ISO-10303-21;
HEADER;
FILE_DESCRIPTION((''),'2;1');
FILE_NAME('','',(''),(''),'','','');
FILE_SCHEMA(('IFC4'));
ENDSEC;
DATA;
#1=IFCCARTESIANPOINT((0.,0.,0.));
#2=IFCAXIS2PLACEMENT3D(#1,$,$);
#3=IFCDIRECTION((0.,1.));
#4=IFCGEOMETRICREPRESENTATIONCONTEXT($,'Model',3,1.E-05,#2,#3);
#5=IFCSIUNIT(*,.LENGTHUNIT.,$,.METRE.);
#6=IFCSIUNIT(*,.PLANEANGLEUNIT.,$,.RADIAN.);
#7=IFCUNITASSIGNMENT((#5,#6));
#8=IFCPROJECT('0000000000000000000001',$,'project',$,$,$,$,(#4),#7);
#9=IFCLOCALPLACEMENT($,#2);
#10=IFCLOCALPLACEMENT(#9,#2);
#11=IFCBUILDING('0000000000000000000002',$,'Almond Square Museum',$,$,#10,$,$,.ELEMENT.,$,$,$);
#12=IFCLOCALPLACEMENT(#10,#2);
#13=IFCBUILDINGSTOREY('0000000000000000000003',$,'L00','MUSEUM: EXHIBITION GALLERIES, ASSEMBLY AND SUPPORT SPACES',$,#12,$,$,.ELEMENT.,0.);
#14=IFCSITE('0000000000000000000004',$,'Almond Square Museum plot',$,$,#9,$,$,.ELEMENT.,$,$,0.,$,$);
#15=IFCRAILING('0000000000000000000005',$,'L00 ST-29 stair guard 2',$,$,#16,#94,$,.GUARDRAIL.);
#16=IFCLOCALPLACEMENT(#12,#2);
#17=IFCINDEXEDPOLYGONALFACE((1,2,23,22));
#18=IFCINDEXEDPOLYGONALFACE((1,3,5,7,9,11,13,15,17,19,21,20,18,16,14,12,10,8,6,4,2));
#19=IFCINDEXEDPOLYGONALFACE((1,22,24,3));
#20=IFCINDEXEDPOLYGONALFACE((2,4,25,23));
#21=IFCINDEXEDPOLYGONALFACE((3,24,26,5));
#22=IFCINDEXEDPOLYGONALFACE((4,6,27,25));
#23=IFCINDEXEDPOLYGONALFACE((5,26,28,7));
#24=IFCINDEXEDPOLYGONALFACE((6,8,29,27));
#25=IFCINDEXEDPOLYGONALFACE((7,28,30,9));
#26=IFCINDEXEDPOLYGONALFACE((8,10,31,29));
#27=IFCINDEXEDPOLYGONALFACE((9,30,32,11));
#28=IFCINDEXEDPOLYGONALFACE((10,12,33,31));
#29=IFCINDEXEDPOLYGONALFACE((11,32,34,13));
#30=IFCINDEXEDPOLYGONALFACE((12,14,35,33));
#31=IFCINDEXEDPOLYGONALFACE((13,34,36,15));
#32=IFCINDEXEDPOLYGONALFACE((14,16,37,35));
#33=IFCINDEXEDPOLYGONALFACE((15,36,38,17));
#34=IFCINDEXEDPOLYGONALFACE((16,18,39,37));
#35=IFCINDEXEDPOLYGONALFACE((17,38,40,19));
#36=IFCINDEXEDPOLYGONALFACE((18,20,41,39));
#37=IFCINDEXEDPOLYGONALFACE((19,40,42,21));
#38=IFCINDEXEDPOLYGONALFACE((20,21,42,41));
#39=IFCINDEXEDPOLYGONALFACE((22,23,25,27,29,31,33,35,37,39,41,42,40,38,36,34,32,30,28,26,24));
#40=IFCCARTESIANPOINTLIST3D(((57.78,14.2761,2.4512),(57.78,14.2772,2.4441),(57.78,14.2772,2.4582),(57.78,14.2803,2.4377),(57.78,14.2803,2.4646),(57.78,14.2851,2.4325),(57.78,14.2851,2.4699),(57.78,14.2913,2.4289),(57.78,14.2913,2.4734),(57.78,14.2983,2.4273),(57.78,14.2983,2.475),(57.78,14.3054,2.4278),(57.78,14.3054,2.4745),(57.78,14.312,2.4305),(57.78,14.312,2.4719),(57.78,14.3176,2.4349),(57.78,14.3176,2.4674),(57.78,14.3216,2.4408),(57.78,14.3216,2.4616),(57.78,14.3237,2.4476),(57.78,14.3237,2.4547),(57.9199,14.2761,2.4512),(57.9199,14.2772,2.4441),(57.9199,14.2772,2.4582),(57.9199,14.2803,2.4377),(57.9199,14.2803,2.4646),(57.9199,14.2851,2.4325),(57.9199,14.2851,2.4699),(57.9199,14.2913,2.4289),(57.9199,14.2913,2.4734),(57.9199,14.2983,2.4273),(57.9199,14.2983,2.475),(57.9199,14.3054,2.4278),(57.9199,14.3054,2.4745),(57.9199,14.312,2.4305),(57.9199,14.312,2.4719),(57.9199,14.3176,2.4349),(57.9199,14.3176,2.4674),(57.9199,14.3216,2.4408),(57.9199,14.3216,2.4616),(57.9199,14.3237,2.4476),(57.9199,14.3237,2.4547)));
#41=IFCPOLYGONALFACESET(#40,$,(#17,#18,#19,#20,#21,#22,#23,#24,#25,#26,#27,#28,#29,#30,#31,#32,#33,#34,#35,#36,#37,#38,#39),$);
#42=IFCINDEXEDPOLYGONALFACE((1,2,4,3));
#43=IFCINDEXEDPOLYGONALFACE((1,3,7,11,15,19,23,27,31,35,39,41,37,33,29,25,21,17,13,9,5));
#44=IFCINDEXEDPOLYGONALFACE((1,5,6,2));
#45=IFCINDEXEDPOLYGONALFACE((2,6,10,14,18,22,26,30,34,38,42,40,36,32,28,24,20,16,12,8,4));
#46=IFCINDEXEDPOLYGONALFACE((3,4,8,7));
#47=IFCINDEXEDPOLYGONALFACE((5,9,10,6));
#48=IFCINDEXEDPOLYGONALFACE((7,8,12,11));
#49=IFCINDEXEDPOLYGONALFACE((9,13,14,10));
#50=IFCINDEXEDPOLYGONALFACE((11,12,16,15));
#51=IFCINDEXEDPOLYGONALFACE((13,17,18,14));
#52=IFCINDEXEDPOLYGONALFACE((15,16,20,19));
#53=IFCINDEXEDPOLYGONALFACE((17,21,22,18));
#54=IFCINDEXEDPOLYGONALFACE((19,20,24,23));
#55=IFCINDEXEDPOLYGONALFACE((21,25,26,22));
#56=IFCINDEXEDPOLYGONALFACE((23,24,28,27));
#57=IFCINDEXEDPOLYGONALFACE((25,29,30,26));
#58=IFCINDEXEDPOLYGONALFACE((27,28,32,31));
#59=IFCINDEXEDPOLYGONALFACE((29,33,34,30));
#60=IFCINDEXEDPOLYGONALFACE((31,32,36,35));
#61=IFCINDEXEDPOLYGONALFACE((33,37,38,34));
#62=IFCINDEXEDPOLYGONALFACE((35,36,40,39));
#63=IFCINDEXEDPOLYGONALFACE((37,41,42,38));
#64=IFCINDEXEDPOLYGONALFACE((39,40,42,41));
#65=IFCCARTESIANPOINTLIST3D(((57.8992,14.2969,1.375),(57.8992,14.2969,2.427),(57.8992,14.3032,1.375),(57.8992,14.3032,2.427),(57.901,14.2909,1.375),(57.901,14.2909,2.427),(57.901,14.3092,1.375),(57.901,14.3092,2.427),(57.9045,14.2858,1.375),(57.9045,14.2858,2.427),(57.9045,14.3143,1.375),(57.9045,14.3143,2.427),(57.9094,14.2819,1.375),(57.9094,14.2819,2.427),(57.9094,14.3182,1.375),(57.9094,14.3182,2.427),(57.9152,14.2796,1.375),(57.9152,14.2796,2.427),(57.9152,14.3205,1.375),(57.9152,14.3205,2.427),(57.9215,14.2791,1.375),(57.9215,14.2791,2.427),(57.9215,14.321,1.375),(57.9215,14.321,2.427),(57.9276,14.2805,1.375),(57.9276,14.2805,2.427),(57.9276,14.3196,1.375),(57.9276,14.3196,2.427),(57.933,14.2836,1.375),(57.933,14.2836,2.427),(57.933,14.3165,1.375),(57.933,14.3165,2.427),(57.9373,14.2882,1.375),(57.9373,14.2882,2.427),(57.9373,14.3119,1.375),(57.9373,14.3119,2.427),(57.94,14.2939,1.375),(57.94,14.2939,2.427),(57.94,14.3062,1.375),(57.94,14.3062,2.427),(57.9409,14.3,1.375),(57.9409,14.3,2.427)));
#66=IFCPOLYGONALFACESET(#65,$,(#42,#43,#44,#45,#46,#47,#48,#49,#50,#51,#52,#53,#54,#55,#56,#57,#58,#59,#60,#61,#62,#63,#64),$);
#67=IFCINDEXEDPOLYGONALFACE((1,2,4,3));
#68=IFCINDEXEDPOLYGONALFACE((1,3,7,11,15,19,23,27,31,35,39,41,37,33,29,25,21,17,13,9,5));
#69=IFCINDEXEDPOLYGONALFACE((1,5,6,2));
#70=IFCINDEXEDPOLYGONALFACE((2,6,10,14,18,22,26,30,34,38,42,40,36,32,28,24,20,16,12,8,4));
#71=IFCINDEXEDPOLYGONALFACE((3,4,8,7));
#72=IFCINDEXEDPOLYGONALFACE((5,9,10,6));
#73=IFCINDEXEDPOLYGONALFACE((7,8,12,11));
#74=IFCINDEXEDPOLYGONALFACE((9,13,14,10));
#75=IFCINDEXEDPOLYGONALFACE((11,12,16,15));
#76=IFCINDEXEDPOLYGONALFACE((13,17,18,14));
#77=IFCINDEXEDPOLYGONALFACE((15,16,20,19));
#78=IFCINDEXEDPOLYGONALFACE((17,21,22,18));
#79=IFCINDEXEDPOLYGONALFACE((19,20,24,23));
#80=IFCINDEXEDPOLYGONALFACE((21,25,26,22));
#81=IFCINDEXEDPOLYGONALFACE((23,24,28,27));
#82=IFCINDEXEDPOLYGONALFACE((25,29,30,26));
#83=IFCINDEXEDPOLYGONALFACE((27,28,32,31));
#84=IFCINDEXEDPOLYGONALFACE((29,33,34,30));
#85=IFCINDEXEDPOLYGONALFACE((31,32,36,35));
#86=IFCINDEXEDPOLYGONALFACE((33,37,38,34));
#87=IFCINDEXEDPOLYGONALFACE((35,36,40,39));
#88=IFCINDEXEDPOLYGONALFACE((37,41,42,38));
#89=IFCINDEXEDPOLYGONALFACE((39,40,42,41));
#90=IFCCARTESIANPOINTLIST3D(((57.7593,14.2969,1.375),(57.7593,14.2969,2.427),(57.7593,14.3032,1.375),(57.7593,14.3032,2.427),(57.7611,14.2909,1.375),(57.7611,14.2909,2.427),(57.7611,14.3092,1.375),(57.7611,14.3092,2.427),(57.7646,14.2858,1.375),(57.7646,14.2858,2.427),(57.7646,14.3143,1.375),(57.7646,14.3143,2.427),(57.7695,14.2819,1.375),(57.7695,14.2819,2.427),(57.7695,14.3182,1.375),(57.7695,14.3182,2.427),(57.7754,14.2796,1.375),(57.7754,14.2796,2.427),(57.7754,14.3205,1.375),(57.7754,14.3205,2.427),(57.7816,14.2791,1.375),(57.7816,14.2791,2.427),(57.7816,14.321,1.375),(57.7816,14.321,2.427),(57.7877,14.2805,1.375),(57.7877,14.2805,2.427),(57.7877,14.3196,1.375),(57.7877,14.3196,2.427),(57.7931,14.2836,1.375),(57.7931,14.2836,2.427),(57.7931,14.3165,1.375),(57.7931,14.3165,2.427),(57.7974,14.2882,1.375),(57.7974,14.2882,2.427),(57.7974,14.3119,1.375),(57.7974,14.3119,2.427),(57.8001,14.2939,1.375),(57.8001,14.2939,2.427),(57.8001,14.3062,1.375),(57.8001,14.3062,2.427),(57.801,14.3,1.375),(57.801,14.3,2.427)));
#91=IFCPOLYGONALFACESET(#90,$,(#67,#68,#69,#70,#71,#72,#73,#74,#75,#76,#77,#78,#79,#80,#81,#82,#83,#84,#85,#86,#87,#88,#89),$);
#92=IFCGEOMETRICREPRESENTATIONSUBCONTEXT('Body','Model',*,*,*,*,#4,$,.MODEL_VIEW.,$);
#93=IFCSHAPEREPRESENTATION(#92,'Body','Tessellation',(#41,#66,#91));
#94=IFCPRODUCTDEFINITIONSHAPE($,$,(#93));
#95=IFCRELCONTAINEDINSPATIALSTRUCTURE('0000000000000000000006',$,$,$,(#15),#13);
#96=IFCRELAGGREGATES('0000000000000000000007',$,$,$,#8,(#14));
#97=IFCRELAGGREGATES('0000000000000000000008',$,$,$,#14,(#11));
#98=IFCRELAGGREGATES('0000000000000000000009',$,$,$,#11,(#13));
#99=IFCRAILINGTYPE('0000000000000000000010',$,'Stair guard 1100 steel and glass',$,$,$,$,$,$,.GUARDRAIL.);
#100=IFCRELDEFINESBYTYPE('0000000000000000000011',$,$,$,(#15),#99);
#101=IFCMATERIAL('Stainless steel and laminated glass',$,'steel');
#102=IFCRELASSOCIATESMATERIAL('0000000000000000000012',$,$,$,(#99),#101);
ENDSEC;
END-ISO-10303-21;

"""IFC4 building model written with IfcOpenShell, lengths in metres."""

from ifc_helpers import new_model, si_unit, direction, frame, origin, origin_2d, place, context, subcontext, project, spatial, circle, extrude, material, type_object, element, save


model = new_model("IFC4")

# Units and contexts
model_context = context("Model", 3, precision=1e-05, world=origin(), true_north=direction((0.0, 1.0)))
body_context = subcontext(model_context, "Body", "Model", "MODEL_VIEW")
ifc_project = project(units=[si_unit("LENGTHUNIT", "METRE"), si_unit("PLANEANGLEUNIT", "RADIAN")], contexts=[model_context])

# Site, building, storey
site_placement = place(None, origin())
site = spatial("IfcSite", under=ifc_project, at=site_placement, Name="Almond Square Museum plot", CompositionType="ELEMENT", RefElevation=0.0)
building_placement = place(site_placement, origin())
building = spatial("IfcBuilding", under=site, at=building_placement, Name="Almond Square Museum", CompositionType="ELEMENT")
storey_placement = place(building_placement, origin())
storey = spatial("IfcBuildingStorey", under=building, at=storey_placement, Name="L00", Description="MUSEUM: EXHIBITION GALLERIES, ASSEMBLY AND SUPPORT SPACES", CompositionType="ELEMENT", Elevation=0.0)

# Railing
ifc_material_1 = material(Name="Stainless steel and laminated glass", Category="steel")
railing_type_1 = type_object("IfcRailingType", Name="Stair guard 1100 steel and glass", PredefinedType="GUARDRAIL", material=ifc_material_1)
railing_1_placement = place(storey_placement, frame((57.9199, 14.3, 1.375)))
element("IfcRailing", 1, at=railing_1_placement, inside=storey, type_object=railing_type_1, Name="L00 ST-29 stair guard 2", PredefinedType="GUARDRAIL", context=body_context, shape_type="SweptSolid", body=[
    extrude(circle(Radius=0.0239, at=origin_2d()), frame((0.0, 0.0, 1.0762), z_axis=(-1.0, 0.0, 0.0), x_axis=(0.0, -1.0, 0.0)), (0.0, 0.0, 1.0), 0.1399),
    extrude(circle(Radius=0.021, at=origin_2d()), origin(), (0.0, 0.0, 1.0), 1.052),
    extrude(circle(Radius=0.021, at=origin_2d()), frame((-0.1399, 0.0, 0.0)), (0.0, 0.0, 1.0), 1.052),
])

save(model, "model.ifc")
